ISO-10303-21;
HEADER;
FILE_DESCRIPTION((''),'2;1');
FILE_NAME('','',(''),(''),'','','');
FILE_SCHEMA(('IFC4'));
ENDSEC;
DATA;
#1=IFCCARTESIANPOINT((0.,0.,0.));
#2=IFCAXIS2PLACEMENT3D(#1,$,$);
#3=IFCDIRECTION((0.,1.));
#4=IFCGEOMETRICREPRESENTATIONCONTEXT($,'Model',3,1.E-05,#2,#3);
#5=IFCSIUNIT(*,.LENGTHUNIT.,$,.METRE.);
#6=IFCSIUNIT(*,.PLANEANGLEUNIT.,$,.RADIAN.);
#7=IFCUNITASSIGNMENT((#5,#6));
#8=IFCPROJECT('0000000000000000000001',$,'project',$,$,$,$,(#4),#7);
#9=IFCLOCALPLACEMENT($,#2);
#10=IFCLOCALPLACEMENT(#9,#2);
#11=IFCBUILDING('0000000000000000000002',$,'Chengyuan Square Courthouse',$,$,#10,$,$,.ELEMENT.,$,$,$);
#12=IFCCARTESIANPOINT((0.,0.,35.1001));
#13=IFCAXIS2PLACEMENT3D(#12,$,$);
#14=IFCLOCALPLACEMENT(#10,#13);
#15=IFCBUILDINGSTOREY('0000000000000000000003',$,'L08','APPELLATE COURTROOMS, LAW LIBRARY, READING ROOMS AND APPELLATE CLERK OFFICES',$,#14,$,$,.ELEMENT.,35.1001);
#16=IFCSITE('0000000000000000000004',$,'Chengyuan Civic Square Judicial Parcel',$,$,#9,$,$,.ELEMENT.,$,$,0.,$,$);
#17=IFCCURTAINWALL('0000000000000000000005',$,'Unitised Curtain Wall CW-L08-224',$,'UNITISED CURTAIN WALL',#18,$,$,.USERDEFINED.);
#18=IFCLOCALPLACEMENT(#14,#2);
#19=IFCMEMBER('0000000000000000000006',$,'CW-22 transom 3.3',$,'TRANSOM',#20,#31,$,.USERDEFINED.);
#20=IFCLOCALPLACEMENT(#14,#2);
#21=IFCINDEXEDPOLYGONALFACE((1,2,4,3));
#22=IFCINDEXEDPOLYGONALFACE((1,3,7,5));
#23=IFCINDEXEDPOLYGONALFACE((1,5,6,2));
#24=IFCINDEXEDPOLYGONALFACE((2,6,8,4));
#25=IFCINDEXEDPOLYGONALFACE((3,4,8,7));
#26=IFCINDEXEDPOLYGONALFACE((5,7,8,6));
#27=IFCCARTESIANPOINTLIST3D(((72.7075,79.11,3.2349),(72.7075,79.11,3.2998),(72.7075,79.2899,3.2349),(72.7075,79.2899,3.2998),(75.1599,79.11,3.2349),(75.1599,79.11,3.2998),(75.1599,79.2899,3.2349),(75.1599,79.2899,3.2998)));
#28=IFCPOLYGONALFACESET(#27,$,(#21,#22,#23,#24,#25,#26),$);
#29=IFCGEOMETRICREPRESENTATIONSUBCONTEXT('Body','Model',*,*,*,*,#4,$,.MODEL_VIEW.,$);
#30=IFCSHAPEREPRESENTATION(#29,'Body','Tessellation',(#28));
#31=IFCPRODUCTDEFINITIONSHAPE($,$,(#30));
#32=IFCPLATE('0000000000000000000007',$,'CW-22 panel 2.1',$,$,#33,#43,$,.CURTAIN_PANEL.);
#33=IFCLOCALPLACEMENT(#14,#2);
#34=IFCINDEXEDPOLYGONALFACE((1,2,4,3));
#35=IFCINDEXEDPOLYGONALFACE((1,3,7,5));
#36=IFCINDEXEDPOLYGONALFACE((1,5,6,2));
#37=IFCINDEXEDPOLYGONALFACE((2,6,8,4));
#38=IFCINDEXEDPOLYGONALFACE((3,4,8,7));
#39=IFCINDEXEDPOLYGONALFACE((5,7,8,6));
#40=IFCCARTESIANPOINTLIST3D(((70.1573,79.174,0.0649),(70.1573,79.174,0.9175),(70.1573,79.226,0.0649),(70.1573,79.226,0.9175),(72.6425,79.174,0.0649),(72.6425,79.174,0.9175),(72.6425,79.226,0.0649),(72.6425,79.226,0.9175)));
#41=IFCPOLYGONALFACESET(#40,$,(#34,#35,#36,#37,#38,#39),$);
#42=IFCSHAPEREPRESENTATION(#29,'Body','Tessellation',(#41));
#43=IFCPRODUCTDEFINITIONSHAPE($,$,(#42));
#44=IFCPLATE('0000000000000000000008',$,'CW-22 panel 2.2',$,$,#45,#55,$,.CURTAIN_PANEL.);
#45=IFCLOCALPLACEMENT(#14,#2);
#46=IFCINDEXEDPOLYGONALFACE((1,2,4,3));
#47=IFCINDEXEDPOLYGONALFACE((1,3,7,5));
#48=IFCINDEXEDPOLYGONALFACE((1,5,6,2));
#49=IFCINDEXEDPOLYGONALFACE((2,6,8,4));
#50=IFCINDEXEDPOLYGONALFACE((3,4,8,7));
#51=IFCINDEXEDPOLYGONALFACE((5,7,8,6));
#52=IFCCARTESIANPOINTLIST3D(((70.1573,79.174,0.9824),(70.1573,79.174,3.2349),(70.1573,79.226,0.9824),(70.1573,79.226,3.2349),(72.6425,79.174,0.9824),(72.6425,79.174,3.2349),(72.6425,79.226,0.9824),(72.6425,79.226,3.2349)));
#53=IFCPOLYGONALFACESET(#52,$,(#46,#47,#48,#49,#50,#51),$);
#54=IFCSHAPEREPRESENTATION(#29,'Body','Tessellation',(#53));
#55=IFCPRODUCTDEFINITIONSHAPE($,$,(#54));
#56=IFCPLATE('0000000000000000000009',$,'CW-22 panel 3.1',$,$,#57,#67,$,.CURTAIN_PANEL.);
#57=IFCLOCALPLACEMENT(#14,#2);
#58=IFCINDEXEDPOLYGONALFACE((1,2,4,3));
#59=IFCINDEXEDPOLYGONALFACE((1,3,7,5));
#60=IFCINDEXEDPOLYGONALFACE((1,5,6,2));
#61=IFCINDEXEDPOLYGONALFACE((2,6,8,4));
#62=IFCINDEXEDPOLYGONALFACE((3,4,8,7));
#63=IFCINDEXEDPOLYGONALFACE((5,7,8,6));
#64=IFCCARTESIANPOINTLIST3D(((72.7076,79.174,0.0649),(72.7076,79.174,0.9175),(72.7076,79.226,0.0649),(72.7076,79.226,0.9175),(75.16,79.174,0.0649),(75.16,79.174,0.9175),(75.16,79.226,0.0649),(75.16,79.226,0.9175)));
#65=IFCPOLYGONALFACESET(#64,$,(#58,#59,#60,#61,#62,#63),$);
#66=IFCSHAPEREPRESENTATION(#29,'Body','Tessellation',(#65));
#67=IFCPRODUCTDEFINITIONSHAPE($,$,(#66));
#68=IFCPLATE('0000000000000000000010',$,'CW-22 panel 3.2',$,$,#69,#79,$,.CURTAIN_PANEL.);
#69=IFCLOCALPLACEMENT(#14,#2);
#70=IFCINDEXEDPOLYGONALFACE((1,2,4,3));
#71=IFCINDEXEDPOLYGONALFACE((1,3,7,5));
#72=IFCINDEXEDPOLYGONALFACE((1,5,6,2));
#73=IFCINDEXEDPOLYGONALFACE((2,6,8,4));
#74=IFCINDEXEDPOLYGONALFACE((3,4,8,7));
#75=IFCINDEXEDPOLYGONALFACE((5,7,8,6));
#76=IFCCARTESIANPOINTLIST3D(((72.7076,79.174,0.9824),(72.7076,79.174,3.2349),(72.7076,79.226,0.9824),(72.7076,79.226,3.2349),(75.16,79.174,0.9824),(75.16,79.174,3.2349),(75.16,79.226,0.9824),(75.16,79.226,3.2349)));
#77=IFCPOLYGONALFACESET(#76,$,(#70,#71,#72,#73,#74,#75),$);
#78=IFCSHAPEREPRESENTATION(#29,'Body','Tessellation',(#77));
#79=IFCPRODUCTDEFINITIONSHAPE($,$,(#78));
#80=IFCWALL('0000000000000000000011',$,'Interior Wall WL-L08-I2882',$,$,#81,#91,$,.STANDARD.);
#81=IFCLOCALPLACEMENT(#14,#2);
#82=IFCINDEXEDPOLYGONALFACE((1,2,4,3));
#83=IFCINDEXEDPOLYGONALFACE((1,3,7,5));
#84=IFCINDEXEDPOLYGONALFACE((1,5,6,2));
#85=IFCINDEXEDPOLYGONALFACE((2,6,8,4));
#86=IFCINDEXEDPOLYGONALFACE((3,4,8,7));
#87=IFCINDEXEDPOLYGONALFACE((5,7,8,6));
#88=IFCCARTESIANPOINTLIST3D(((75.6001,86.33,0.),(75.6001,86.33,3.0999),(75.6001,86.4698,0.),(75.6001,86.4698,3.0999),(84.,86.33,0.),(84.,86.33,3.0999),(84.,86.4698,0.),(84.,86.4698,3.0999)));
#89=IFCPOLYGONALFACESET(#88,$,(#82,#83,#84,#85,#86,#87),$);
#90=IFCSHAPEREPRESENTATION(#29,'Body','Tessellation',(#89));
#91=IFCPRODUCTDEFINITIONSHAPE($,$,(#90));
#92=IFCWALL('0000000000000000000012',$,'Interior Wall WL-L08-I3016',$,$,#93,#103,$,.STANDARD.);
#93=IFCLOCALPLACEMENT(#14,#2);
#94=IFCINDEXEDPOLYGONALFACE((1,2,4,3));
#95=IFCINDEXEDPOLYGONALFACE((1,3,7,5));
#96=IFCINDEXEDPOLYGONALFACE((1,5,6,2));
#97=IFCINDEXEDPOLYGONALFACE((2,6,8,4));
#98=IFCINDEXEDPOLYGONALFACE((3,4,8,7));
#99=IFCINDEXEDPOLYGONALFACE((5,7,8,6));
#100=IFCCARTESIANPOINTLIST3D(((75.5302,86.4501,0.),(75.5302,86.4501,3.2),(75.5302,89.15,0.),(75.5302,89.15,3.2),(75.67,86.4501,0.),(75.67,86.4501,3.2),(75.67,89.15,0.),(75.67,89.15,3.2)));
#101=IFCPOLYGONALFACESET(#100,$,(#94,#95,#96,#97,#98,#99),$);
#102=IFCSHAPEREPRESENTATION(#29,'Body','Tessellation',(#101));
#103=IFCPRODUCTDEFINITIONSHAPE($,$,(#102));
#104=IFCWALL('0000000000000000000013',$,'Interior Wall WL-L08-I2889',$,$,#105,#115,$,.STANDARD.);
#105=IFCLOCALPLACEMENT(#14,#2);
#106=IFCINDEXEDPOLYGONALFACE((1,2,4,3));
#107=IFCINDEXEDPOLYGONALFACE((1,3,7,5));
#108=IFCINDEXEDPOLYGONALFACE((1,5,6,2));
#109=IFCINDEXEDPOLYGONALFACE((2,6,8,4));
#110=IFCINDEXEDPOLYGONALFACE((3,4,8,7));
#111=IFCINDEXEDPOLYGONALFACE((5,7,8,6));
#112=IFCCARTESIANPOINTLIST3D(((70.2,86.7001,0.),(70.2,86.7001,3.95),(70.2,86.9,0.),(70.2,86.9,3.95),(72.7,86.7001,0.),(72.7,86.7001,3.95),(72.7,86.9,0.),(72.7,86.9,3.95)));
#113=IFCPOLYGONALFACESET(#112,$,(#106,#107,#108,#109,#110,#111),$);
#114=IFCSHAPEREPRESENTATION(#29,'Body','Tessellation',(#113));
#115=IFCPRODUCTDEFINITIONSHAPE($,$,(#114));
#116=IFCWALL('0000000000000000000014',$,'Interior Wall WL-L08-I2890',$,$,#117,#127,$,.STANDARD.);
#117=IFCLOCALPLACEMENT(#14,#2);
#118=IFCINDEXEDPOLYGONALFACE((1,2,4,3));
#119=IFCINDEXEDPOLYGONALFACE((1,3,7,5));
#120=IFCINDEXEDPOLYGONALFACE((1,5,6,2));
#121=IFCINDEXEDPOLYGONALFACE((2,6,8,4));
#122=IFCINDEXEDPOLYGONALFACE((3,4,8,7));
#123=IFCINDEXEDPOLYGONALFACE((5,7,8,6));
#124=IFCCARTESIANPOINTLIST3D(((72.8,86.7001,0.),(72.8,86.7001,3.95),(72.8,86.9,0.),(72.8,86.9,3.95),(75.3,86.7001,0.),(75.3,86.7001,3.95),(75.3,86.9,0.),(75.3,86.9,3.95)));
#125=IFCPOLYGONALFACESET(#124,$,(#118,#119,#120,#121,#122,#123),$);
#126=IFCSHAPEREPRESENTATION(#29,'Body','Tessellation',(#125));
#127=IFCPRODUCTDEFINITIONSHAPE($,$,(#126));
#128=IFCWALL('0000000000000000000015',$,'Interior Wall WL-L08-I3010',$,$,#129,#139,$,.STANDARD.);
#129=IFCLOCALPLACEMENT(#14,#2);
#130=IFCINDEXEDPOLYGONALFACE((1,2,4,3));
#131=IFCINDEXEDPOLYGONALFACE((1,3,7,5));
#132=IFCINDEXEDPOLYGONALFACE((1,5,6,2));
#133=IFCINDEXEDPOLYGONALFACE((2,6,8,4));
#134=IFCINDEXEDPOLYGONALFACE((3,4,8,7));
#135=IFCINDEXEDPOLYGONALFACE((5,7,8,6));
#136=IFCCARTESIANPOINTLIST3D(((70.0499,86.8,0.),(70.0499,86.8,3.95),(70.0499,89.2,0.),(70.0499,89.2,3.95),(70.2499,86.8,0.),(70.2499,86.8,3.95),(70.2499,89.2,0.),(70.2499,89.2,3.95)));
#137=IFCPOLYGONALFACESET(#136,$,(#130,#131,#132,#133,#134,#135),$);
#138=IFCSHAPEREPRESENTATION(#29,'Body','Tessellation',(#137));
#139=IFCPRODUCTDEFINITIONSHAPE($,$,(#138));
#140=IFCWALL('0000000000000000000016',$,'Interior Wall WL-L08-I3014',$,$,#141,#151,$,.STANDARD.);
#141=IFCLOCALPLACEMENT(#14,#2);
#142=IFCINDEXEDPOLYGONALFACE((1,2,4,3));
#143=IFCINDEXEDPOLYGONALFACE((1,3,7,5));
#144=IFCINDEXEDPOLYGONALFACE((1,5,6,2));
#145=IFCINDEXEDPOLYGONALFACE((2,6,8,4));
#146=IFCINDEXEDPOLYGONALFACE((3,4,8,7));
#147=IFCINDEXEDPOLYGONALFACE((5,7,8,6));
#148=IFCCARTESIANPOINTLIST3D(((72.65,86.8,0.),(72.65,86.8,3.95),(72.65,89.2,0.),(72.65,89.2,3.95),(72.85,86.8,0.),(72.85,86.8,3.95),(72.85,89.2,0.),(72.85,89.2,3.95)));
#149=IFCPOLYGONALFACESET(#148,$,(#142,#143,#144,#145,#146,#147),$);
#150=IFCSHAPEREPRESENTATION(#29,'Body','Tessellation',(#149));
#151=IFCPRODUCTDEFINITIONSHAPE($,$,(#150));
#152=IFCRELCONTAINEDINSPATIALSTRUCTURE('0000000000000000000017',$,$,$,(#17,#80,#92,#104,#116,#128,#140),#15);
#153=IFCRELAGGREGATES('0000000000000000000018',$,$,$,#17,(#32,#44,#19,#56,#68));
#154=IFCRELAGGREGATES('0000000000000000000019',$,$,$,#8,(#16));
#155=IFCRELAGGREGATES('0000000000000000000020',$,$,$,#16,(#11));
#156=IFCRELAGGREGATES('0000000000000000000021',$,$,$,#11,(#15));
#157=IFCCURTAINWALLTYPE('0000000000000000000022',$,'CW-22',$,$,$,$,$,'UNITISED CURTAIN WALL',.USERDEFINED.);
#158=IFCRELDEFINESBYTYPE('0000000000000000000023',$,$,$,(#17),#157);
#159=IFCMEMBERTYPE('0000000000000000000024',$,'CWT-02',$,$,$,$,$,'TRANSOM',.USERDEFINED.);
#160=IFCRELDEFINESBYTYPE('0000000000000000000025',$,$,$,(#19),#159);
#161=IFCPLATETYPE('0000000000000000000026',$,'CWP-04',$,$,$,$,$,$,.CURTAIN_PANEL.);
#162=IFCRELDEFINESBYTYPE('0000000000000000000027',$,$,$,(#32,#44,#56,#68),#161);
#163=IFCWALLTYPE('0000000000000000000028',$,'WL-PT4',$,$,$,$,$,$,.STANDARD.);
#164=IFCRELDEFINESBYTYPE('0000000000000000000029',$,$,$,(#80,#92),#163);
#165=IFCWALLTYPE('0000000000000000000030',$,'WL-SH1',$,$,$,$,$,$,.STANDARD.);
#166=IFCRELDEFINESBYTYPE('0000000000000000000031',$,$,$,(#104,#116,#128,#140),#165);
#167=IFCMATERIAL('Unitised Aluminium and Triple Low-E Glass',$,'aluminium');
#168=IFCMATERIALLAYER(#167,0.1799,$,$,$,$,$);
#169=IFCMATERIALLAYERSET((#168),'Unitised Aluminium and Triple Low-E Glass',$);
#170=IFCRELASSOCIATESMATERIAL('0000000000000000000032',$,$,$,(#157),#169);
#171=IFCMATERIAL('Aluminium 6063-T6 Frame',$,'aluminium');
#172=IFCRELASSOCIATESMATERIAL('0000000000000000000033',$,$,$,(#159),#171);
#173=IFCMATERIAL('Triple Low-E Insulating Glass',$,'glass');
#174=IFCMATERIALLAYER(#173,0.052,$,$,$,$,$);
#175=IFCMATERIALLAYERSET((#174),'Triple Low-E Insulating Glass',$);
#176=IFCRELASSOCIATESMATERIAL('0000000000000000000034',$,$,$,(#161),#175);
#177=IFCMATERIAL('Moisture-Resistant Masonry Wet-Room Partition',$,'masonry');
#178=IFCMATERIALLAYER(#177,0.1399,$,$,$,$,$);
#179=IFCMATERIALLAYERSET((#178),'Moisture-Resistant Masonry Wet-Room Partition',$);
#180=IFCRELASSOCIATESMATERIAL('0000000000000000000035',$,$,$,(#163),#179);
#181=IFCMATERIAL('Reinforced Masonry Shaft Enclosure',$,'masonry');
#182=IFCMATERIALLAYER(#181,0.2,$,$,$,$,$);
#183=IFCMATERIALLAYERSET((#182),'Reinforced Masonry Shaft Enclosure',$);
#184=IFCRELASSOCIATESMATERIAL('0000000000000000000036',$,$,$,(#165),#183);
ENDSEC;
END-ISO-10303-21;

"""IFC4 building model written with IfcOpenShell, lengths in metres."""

from ifc_helpers import new_model, si_unit, direction, frame, frame_2d, origin, origin_2d, place, context, subcontext, project, spatial, rectangle, extrude, material, layer, layer_set, material_profile, profile_set, type_object, element, aggregate, save


model = new_model("IFC4")

# Units and contexts
model_context = context("Model", 3, precision=1e-05, world=origin(), true_north=direction((0.0, 1.0)))
body_context = subcontext(model_context, "Body", "Model", "MODEL_VIEW")
ifc_project = project(units=[si_unit("LENGTHUNIT", "METRE"), si_unit("PLANEANGLEUNIT", "RADIAN")], contexts=[model_context])

# Site, building, storey
site_placement = place(None, origin())
site = spatial("IfcSite", under=ifc_project, at=site_placement, Name="Chengyuan Civic Square Judicial Parcel", CompositionType="ELEMENT", RefElevation=0.0)
building_placement = place(site_placement, origin())
building = spatial("IfcBuilding", under=site, at=building_placement, Name="Chengyuan Square Courthouse", CompositionType="ELEMENT")
storey_placement = place(building_placement, frame((0.0, 0.0, 35.1001)))
storey = spatial("IfcBuildingStorey", under=building, at=storey_placement, Name="L08", Description="APPELLATE COURTROOMS, LAW LIBRARY, READING ROOMS AND APPELLATE CLERK OFFICES", CompositionType="ELEMENT", Elevation=35.1001)

# Curtain wall, member, plates
ifc_material_1 = material(Name="Unitised Aluminium and Triple Low-E Glass", Category="aluminium")
ifc_layer_1 = layer(ifc_material_1, 0.1799)
ifc_layer_set_1 = layer_set([ifc_layer_1], Name="Unitised Aluminium and Triple Low-E Glass")
curtain_wall_type = type_object("IfcCurtainWallType", Name="CW-22", ElementType="UNITISED CURTAIN WALL", PredefinedType="USERDEFINED", material=ifc_layer_set_1)
curtain_wall_placement = place(storey_placement, origin())
curtain_wall = element("IfcCurtainWall", 1, at=curtain_wall_placement, inside=storey, type_object=curtain_wall_type, Name="Unitised Curtain Wall CW-L08-224", ObjectType="UNITISED CURTAIN WALL", PredefinedType="USERDEFINED")
ifc_material_2 = material(Name="Aluminium 6063-T6 Frame", Category="aluminium")
ifc_material_profile_1 = material_profile(ifc_material_2, rectangle(XDim=0.1799, YDim=0.0649, at=origin_2d()), Name="CW-TRN-65x140")
ifc_profile_set_1 = profile_set([ifc_material_profile_1], Name="Aluminium 6063-T6 Frame")
member_type_1 = type_object("IfcMemberType", Name="CWT-02", ElementType="TRANSOM", PredefinedType="USERDEFINED", material=ifc_profile_set_1)
member_1_placement = place(storey_placement, frame((72.7075, 79.2, 3.2673), z_axis=(1.0, 0.0, 0.0), x_axis=(0.0, 1.0, 0.0)))
member_1 = element("IfcMember", 2, at=member_1_placement, type_object=member_type_1, Name="CW-22 transom 3.3", ObjectType="TRANSOM", PredefinedType="USERDEFINED", context=body_context, shape_type="SweptSolid", body=[
    extrude(rectangle(XDim=0.1799, YDim=0.0649, at=origin_2d()), origin(), (0.0, 0.0, 1.0), 2.4524),
])
ifc_material_3 = material(Name="Triple Low-E Insulating Glass", Category="glass")
ifc_layer_2 = layer(ifc_material_3, 0.052)
ifc_layer_set_2 = layer_set([ifc_layer_2], Name="Triple Low-E Insulating Glass")
plate_type = type_object("IfcPlateType", Name="CWP-04", PredefinedType="CURTAIN_PANEL", material=ifc_layer_set_2)
plate_1_placement = place(storey_placement, frame((71.3999, 79.2, 0.0649), z_axis=(0.0, 0.0, 1.0), x_axis=(1.0, 0.0, 0.0)))
plate_1 = element("IfcPlate", 3, at=plate_1_placement, type_object=plate_type, Name="CW-22 panel 2.1", PredefinedType="CURTAIN_PANEL", context=body_context, shape_type="SweptSolid", body=[
    extrude(rectangle(XDim=2.4851, YDim=0.052, at=origin_2d()), origin(), (0.0, 0.0, 1.0), 0.8525),
])
plate_2_placement = place(storey_placement, frame((71.3999, 79.2, 0.9824), z_axis=(0.0, 0.0, 1.0), x_axis=(1.0, 0.0, 0.0)))
plate_2 = element("IfcPlate", 4, at=plate_2_placement, type_object=plate_type, Name="CW-22 panel 2.2", PredefinedType="CURTAIN_PANEL", context=body_context, shape_type="SweptSolid", body=[
    extrude(rectangle(XDim=2.4851, YDim=0.052, at=origin_2d()), origin(), (0.0, 0.0, 1.0), 2.2524),
])
plate_3_placement = place(storey_placement, frame((73.9338, 79.2, 0.0649), z_axis=(0.0, 0.0, 1.0), x_axis=(1.0, 0.0, 0.0)))
plate_3 = element("IfcPlate", 5, at=plate_3_placement, type_object=plate_type, Name="CW-22 panel 3.1", PredefinedType="CURTAIN_PANEL", context=body_context, shape_type="SweptSolid", body=[
    extrude(rectangle(XDim=2.4524, YDim=0.052, at=origin_2d()), origin(), (0.0, 0.0, 1.0), 0.8525),
])
plate_4_placement = place(storey_placement, frame((73.9338, 79.2, 0.9824), z_axis=(0.0, 0.0, 1.0), x_axis=(1.0, 0.0, 0.0)))
plate_4 = element("IfcPlate", 6, at=plate_4_placement, type_object=plate_type, Name="CW-22 panel 3.2", PredefinedType="CURTAIN_PANEL", context=body_context, shape_type="SweptSolid", body=[
    extrude(rectangle(XDim=2.4524, YDim=0.052, at=origin_2d()), origin(), (0.0, 0.0, 1.0), 2.2524),
])
aggregate(curtain_wall, [plate_1, plate_2, member_1, plate_3, plate_4])

# Walls
ifc_material_4 = material(Name="Moisture-Resistant Masonry Wet-Room Partition", Category="masonry")
ifc_layer_3 = layer(ifc_material_4, 0.1399)
ifc_layer_set_3 = layer_set([ifc_layer_3], Name="Moisture-Resistant Masonry Wet-Room Partition")
wall_type_1 = type_object("IfcWallType", Name="WL-PT4", PredefinedType="STANDARD", material=ifc_layer_set_3)
wall_1_placement = place(storey_placement, frame((75.6001, 86.3999, 0.0), z_axis=(0.0, 0.0, 1.0), x_axis=(1.0, 0.0, 0.0)))
element("IfcWall", 7, at=wall_1_placement, inside=storey, type_object=wall_type_1, Name="Interior Wall WL-L08-I2882", PredefinedType="STANDARD", context=body_context, shape_type="SweptSolid", body=[
    extrude(rectangle(XDim=8.3999, YDim=0.1399, at=frame_2d((4.2, 0.0))), origin(), (0.0, 0.0, 1.0), 3.0999),
])
wall_2_placement = place(storey_placement, frame((75.6001, 86.45, 0.0), z_axis=(0.0, 0.0, 1.0), x_axis=(0.0, 1.0, 0.0)))
element("IfcWall", 8, at=wall_2_placement, inside=storey, type_object=wall_type_1, Name="Interior Wall WL-L08-I3016", PredefinedType="STANDARD", context=body_context, shape_type="SweptSolid", body=[
    extrude(rectangle(XDim=2.7, YDim=0.1399, at=frame_2d((1.3501, 0.0))), origin(), (0.0, 0.0, 1.0), 3.2),
])
ifc_material_5 = material(Name="Reinforced Masonry Shaft Enclosure", Category="masonry")
ifc_layer_4 = layer(ifc_material_5, 0.2)
ifc_layer_set_4 = layer_set([ifc_layer_4], Name="Reinforced Masonry Shaft Enclosure")
wall_type_2 = type_object("IfcWallType", Name="WL-SH1", PredefinedType="STANDARD", material=ifc_layer_set_4)
for number, where, z_axis, x_axis, name in (
    (9, (70.2, 86.8, 0.0), (0.0, 0.0, 1.0), (1.0, 0.0, 0.0), "Interior Wall WL-L08-I2889"),
    (10, (72.8, 86.8, 0.0), (0.0, 0.0, 1.0), (1.0, 0.0, 0.0), "Interior Wall WL-L08-I2890"),
):
    element("IfcWall", number, at=place(storey_placement, frame(where, z_axis=z_axis, x_axis=x_axis)), inside=storey, type_object=wall_type_2, Name=name, PredefinedType="STANDARD", context=body_context, shape_type="SweptSolid", body=[
        extrude(rectangle(XDim=2.5, YDim=0.2, at=frame_2d((1.25, 0.0))), origin(), (0.0, 0.0, 1.0), 3.95),
    ])
for number, where, z_axis, x_axis, name in (
    (11, (70.1499, 86.8, 0.0), (0.0, 0.0, 1.0), (0.0, 1.0, 0.0), "Interior Wall WL-L08-I3010"),
    (12, (72.75, 86.8, 0.0), (0.0, 0.0, 1.0), (0.0, 1.0, 0.0), "Interior Wall WL-L08-I3014"),
):
    element("IfcWall", number, at=place(storey_placement, frame(where, z_axis=z_axis, x_axis=x_axis)), inside=storey, type_object=wall_type_2, Name=name, PredefinedType="STANDARD", context=body_context, shape_type="SweptSolid", body=[
        extrude(rectangle(XDim=2.3999, YDim=0.2, at=frame_2d((1.2, 0.0))), origin(), (0.0, 0.0, 1.0), 3.95),
    ])

save(model, "model.ifc")
